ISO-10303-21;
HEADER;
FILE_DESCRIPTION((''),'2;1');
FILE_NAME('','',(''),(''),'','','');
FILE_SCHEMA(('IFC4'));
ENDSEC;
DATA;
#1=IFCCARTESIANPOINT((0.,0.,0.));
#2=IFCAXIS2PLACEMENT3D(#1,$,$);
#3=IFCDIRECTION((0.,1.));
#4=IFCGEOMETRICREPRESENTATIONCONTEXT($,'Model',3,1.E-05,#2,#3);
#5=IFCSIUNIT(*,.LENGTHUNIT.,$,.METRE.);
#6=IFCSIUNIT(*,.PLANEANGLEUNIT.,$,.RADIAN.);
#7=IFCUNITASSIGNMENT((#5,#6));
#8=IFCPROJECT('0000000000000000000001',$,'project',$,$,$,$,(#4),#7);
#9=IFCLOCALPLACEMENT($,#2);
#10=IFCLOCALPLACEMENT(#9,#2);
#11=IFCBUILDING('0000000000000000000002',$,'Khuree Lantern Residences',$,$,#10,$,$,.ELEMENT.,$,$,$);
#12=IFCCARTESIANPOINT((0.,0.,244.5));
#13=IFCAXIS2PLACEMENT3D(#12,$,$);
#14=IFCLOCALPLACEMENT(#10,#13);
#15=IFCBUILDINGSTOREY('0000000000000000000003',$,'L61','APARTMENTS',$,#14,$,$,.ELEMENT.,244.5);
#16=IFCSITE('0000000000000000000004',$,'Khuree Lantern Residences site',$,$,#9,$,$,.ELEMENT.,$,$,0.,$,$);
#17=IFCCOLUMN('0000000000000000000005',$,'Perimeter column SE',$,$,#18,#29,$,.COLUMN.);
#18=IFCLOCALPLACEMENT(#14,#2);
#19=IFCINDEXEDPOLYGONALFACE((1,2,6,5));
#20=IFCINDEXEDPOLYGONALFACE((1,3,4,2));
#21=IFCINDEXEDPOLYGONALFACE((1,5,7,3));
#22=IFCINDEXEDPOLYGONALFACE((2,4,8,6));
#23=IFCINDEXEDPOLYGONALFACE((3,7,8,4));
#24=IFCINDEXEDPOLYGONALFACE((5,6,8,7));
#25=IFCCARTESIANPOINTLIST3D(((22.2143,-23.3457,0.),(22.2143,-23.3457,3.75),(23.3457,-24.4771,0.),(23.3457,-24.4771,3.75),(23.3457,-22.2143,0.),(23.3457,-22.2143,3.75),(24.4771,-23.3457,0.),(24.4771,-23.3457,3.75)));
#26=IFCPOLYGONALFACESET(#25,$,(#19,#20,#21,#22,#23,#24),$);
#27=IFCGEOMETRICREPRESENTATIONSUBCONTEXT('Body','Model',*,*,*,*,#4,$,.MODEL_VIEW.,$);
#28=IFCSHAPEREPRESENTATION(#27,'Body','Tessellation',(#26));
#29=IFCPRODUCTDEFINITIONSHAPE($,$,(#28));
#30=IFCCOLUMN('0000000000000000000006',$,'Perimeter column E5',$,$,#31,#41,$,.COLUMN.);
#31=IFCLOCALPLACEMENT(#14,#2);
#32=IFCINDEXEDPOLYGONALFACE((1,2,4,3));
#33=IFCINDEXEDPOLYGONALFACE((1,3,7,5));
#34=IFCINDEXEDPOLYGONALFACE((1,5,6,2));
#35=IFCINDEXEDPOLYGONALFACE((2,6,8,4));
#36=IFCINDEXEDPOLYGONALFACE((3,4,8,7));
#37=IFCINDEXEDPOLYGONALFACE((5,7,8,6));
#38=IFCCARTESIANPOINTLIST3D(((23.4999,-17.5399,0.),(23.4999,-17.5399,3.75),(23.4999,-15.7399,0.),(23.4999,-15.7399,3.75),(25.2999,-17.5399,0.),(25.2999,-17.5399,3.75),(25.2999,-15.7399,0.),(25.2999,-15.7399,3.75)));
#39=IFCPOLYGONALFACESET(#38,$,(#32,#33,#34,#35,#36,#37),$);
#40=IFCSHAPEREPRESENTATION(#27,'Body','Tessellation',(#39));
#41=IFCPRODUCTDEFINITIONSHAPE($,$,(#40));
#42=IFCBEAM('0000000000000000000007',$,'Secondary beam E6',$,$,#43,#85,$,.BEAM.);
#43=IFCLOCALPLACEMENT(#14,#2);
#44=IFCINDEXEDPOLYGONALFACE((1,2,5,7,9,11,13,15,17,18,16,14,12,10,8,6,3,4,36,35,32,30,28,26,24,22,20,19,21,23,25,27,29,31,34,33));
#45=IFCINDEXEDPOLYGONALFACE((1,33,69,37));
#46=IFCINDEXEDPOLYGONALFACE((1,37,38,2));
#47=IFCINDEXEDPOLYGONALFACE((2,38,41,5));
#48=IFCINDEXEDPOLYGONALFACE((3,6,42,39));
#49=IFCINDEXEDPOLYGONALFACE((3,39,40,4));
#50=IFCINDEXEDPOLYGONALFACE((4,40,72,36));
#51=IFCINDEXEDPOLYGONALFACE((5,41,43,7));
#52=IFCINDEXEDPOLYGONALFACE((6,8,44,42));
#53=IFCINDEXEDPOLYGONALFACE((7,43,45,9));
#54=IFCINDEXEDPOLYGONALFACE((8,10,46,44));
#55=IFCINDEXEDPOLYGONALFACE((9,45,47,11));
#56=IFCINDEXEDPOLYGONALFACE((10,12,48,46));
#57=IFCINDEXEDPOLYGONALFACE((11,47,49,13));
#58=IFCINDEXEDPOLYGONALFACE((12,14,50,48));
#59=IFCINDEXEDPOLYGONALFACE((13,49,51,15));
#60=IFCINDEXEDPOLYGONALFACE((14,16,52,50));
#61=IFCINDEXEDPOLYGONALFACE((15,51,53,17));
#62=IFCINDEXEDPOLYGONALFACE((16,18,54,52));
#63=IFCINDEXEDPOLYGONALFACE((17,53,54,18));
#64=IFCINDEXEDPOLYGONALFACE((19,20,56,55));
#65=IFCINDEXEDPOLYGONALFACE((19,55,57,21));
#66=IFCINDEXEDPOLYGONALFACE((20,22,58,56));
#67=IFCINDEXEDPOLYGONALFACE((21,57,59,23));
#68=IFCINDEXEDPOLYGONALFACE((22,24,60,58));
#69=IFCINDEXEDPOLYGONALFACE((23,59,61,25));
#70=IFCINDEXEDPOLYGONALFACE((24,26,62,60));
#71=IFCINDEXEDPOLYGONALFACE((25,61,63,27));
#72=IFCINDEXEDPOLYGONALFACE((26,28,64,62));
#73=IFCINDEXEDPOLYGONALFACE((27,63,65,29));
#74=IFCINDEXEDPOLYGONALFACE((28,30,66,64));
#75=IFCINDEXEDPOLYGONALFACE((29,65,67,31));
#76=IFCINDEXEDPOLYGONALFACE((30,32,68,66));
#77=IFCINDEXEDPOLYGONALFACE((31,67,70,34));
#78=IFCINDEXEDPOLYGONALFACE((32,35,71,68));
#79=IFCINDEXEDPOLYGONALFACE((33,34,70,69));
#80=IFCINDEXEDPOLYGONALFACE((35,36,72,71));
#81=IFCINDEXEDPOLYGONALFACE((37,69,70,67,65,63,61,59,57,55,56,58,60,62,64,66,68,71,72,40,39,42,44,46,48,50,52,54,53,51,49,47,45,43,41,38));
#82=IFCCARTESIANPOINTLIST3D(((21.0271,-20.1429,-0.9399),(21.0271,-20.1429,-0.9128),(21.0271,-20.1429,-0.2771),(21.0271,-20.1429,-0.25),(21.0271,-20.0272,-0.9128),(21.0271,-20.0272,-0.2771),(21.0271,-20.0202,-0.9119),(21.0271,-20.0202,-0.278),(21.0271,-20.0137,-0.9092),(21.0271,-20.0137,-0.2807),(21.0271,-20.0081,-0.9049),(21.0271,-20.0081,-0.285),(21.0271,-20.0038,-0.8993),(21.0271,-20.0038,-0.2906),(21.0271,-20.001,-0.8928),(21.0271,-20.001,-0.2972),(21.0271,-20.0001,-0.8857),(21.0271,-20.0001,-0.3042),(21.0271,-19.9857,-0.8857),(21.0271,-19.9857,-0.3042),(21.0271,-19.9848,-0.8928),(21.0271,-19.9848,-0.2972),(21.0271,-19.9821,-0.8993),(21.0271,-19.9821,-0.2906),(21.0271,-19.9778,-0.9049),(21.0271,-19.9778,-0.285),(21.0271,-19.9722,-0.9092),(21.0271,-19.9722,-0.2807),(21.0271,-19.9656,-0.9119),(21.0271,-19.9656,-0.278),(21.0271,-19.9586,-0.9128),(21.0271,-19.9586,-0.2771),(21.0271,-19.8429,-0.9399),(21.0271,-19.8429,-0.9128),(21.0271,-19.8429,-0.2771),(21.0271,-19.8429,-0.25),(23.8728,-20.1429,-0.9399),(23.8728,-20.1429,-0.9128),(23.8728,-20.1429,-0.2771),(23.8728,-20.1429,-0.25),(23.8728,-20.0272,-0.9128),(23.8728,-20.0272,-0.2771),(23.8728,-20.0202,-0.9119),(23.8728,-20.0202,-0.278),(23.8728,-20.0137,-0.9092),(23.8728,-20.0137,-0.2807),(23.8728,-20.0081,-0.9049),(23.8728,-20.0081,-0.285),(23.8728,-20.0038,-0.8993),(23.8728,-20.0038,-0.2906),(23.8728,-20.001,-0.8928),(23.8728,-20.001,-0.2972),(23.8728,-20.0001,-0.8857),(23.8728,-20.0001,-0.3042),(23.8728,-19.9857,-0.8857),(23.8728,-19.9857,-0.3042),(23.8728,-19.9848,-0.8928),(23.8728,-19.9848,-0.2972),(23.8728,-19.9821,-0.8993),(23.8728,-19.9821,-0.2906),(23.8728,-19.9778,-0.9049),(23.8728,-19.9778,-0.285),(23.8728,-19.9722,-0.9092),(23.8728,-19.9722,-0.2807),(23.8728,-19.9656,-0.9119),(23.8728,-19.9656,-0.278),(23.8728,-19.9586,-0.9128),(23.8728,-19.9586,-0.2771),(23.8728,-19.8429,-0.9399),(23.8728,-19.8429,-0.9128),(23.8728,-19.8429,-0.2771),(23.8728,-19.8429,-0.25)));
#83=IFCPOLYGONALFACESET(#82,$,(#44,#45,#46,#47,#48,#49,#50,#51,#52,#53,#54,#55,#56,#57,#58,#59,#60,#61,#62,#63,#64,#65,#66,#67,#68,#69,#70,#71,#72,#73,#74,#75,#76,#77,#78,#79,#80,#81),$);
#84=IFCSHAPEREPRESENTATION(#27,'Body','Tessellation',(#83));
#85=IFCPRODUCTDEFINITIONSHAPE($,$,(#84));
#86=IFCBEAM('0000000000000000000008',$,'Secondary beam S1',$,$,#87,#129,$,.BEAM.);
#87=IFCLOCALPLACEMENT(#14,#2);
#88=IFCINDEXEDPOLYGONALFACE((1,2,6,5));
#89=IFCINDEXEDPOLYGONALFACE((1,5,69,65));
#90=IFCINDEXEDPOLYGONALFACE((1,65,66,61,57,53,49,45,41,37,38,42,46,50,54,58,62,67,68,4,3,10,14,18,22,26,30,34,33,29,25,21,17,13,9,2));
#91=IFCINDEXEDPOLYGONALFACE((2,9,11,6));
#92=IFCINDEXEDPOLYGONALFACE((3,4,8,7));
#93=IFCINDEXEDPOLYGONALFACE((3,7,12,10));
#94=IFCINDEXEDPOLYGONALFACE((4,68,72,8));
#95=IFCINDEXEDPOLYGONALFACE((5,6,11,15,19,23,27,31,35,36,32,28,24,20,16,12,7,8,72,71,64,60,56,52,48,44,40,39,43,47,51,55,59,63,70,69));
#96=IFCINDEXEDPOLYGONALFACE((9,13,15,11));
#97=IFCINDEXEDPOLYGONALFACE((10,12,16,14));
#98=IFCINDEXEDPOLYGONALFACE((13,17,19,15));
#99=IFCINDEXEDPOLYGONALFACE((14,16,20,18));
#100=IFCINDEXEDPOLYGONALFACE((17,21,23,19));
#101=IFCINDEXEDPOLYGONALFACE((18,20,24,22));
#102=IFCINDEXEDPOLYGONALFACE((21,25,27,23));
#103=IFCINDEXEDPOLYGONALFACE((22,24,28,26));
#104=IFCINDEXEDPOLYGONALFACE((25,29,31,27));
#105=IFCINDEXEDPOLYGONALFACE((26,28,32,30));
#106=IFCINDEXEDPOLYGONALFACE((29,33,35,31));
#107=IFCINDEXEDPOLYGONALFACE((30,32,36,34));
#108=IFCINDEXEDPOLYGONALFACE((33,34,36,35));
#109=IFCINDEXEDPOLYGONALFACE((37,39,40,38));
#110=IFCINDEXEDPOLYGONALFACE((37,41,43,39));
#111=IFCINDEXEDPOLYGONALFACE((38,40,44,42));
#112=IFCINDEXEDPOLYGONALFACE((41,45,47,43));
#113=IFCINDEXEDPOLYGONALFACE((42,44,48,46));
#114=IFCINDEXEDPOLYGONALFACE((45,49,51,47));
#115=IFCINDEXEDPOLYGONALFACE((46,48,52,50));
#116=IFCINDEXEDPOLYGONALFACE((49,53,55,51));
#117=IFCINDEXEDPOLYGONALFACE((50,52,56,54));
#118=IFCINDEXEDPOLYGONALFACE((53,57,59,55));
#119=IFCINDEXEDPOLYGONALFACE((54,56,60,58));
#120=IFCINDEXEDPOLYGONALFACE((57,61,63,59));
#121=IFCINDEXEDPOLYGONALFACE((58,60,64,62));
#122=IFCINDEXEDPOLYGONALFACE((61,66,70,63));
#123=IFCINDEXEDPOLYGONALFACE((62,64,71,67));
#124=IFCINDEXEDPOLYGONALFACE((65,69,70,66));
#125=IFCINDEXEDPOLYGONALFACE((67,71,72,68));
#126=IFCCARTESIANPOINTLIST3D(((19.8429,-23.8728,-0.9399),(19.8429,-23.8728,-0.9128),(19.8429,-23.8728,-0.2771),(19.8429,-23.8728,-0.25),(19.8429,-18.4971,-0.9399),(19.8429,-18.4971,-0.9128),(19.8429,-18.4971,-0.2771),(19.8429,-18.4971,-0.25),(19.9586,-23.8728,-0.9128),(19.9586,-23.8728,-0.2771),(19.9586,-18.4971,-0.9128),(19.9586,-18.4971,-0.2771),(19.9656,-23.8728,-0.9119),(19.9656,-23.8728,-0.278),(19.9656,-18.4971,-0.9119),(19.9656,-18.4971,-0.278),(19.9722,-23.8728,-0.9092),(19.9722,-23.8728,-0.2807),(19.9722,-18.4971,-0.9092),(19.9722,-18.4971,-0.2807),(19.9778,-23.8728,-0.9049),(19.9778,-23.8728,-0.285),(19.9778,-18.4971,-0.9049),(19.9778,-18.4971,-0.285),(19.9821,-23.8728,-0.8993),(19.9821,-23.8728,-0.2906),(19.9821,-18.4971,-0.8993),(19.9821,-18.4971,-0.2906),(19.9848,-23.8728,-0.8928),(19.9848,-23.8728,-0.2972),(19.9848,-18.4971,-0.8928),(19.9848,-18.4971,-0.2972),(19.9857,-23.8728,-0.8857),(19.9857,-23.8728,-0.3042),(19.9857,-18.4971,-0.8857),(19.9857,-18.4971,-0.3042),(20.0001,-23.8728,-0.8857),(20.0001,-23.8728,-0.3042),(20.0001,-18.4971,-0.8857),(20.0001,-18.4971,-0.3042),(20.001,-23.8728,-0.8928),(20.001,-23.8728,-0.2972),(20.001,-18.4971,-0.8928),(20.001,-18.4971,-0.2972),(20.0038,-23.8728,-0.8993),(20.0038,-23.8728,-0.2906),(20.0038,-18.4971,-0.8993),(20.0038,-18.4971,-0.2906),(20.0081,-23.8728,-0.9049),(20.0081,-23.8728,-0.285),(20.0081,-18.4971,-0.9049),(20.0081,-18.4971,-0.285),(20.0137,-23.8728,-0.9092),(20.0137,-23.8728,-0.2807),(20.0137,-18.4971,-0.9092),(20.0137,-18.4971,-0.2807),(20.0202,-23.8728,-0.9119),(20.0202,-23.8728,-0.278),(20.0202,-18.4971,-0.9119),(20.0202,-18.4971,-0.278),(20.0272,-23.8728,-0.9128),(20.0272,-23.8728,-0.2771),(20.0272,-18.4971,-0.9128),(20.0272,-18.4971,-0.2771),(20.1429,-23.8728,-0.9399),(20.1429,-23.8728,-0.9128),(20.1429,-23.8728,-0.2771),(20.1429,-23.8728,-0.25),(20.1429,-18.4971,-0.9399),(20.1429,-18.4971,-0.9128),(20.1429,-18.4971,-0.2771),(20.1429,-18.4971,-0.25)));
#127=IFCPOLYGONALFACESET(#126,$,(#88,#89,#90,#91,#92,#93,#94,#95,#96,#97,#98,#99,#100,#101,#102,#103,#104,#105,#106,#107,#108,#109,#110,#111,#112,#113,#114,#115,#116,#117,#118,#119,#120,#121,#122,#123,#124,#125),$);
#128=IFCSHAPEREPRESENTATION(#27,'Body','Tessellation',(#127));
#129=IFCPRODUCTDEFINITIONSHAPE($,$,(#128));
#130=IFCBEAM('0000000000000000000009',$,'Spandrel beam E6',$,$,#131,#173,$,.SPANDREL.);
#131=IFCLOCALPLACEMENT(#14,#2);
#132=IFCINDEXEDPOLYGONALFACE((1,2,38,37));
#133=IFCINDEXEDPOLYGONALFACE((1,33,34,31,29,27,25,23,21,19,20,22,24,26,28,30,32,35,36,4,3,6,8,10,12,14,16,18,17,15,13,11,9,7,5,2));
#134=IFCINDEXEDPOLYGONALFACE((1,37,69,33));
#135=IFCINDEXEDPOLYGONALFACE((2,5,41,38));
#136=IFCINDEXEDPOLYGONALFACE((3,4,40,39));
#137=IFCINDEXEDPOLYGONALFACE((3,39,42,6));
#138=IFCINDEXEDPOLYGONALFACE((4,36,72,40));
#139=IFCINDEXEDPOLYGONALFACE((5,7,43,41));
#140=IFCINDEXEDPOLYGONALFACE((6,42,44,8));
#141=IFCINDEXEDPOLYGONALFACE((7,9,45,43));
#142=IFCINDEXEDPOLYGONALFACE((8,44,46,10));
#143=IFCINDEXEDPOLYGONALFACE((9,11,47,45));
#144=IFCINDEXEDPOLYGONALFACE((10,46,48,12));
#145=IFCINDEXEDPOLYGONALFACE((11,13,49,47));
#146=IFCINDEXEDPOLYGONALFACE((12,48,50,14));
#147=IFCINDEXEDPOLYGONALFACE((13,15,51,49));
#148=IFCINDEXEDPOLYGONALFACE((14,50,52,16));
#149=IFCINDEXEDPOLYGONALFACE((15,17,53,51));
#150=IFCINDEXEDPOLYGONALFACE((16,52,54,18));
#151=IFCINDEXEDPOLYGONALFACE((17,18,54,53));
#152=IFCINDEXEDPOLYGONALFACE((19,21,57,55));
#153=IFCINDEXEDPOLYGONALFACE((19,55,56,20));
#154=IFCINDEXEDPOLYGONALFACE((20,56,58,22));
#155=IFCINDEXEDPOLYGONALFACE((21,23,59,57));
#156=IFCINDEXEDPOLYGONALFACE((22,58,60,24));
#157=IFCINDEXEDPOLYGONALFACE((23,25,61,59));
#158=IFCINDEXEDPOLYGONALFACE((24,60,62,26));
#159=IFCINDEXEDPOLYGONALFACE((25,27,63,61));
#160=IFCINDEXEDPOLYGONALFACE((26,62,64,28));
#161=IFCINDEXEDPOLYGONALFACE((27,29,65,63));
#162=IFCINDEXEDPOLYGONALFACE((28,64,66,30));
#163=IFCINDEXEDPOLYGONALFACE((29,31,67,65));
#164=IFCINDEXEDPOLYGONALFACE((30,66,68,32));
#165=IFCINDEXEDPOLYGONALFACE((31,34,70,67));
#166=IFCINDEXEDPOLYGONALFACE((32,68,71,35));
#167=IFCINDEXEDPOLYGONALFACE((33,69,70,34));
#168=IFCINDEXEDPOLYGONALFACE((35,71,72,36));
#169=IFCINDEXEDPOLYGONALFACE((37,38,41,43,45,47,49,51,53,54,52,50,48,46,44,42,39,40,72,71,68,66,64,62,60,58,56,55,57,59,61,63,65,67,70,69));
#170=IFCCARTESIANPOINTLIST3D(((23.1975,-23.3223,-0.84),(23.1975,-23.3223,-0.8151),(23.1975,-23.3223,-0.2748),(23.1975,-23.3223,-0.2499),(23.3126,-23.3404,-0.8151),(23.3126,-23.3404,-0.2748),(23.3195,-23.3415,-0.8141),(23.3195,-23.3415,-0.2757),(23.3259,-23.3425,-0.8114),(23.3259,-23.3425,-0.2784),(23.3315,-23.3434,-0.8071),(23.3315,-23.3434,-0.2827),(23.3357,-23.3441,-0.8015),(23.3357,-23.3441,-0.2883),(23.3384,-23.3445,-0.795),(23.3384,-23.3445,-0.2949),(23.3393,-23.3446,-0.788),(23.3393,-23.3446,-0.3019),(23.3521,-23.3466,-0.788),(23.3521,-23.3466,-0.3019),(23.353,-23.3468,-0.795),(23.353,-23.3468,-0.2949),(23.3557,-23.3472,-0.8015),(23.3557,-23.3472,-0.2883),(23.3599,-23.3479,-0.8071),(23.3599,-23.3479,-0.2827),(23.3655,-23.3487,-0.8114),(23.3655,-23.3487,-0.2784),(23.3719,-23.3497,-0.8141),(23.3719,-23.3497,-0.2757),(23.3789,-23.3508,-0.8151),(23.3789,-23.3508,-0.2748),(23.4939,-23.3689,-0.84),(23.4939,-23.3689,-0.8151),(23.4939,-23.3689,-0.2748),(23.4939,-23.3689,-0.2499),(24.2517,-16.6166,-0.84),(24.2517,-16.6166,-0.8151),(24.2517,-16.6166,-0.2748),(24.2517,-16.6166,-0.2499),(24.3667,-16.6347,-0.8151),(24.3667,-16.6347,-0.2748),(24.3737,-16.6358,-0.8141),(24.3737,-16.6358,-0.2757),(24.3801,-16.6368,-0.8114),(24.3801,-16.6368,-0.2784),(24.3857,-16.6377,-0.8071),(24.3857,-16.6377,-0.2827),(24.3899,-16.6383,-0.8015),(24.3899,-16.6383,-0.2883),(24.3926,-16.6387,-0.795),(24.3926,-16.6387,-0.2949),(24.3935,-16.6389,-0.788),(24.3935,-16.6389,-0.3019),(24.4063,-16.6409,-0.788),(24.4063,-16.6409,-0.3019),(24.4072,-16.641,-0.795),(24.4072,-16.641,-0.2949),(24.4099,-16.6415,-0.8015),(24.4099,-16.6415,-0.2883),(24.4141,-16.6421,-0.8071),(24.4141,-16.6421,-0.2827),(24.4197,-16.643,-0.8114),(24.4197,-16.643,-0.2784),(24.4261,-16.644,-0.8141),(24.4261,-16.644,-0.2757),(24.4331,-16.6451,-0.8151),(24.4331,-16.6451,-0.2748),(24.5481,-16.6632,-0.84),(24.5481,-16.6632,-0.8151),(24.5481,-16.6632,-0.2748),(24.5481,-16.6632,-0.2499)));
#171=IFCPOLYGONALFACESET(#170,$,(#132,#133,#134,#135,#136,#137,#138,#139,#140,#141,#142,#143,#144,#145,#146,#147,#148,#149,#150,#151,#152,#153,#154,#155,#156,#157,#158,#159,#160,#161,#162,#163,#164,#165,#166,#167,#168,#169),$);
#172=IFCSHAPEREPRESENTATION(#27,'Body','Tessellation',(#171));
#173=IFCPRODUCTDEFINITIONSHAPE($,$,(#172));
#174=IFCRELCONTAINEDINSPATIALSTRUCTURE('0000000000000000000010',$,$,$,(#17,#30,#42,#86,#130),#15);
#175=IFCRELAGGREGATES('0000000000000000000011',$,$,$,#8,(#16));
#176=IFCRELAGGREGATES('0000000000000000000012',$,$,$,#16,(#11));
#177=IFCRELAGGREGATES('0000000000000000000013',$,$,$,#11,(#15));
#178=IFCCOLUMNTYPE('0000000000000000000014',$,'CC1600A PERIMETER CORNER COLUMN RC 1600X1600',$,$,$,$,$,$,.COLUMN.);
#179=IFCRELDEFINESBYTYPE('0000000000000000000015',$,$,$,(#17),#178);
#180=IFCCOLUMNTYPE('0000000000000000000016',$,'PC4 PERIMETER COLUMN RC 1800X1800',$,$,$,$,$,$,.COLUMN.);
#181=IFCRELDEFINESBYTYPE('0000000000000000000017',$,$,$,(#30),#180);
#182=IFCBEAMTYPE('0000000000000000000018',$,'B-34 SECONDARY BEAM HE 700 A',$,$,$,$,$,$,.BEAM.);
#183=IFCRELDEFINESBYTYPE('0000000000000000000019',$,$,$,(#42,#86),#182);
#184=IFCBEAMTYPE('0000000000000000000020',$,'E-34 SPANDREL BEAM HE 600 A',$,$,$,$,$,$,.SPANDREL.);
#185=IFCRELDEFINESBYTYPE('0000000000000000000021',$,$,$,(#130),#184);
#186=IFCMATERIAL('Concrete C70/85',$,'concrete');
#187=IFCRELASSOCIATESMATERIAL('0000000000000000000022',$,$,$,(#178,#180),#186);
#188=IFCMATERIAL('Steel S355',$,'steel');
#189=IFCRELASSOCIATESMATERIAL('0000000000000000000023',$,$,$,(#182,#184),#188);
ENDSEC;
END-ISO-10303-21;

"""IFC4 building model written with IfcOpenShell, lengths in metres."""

from ifc_helpers import new_model, si_unit, direction, frame, origin, origin_2d, place, context, subcontext, project, spatial, rectangle, i_section, extrude, material, material_profile, profile_set, type_object, element, save


model = new_model("IFC4")

# Units and contexts
model_context = context("Model", 3, precision=1e-05, world=origin(), true_north=direction((0.0, 1.0)))
body_context = subcontext(model_context, "Body", "Model", "MODEL_VIEW")
ifc_project = project(units=[si_unit("LENGTHUNIT", "METRE"), si_unit("PLANEANGLEUNIT", "RADIAN")], contexts=[model_context])

# Site, building, storey
site_placement = place(None, origin())
site = spatial("IfcSite", under=ifc_project, at=site_placement, Name="Khuree Lantern Residences site", CompositionType="ELEMENT", RefElevation=0.0)
building_placement = place(site_placement, origin())
building = spatial("IfcBuilding", under=site, at=building_placement, Name="Khuree Lantern Residences", CompositionType="ELEMENT")
storey_placement = place(building_placement, frame((0.0, 0.0, 244.5)))
storey = spatial("IfcBuildingStorey", under=building, at=storey_placement, Name="L61", Description="APARTMENTS", CompositionType="ELEMENT", Elevation=244.5)

# Columns
ifc_material_1 = material(Name="Concrete C70/85", Category="concrete")
ifc_material_profile_1 = material_profile(ifc_material_1, rectangle(XDim=1.6001, YDim=1.6001, at=origin_2d()), Name="RC 1600X1600")
ifc_profile_set_1 = profile_set([ifc_material_profile_1], Name="Concrete C70/85")
column_type_1 = type_object("IfcColumnType", Name="CC1600A PERIMETER CORNER COLUMN RC 1600X1600", PredefinedType="COLUMN", material=ifc_profile_set_1)
column_1_placement = place(storey_placement, frame((23.3457, -23.3457, 0.0), z_axis=(0.0, 0.0, 1.0), x_axis=(0.707107, 0.707107, 0.0)))
element("IfcColumn", 1, at=column_1_placement, inside=storey, type_object=column_type_1, Name="Perimeter column SE", PredefinedType="COLUMN", context=body_context, shape_type="SweptSolid", body=[
    extrude(rectangle(XDim=1.6001, YDim=1.6001, at=origin_2d()), origin(), (0.0, 0.0, 1.0), 3.75),
])
ifc_material_profile_2 = material_profile(ifc_material_1, rectangle(XDim=1.8, YDim=1.8, at=origin_2d()), Name="RC 1800X1800")
ifc_profile_set_2 = profile_set([ifc_material_profile_2], Name="Concrete C70/85")
column_type_2 = type_object("IfcColumnType", Name="PC4 PERIMETER COLUMN RC 1800X1800", PredefinedType="COLUMN", material=ifc_profile_set_2)
column_2_placement = place(storey_placement, frame((24.3999, -16.6399, 0.0), z_axis=(0.0, 0.0, 1.0), x_axis=(0.0, 1.0, 0.0)))
element("IfcColumn", 2, at=column_2_placement, inside=storey, type_object=column_type_2, Name="Perimeter column E5", PredefinedType="COLUMN", context=body_context, shape_type="SweptSolid", body=[
    extrude(rectangle(XDim=1.8, YDim=1.8, at=origin_2d()), origin(), (0.0, 0.0, 1.0), 3.75),
])

# Beams
ifc_material_2 = material(Name="Steel S355", Category="steel")
ifc_material_profile_3 = material_profile(ifc_material_2, i_section(OverallWidth=0.3, OverallDepth=0.6899, WebThickness=0.0144, FlangeThickness=0.0271, FilletRadius=0.0271, at=origin_2d()), Name="HE 700 A")
ifc_profile_set_3 = profile_set([ifc_material_profile_3], Name="Steel S355")
beam_type_1 = type_object("IfcBeamType", Name="B-34 SECONDARY BEAM HE 700 A", PredefinedType="BEAM", material=ifc_profile_set_3)
beam_1_placement = place(storey_placement, frame((23.8728, -19.9929, -0.595), z_axis=(-1.0, 0.0, 0.0), x_axis=(0.0, -1.0, 0.0)))
element("IfcBeam", 3, at=beam_1_placement, inside=storey, type_object=beam_type_1, Name="Secondary beam E6", PredefinedType="BEAM", context=body_context, shape_type="SweptSolid", body=[
    extrude(i_section(OverallWidth=0.3, OverallDepth=0.6899, WebThickness=0.0144, FlangeThickness=0.0271, FilletRadius=0.0271, at=origin_2d()), origin(), (0.0, 0.0, 1.0), 2.8457),
])
beam_2_placement = place(storey_placement, frame((19.9929, -23.8728, -0.595), z_axis=(0.0, 1.0, 0.0), x_axis=(-1.0, 0.0, 0.0)))
element("IfcBeam", 4, at=beam_2_placement, inside=storey, type_object=beam_type_1, Name="Secondary beam S1", PredefinedType="BEAM", context=body_context, shape_type="SweptSolid", body=[
    extrude(i_section(OverallWidth=0.3, OverallDepth=0.6899, WebThickness=0.0144, FlangeThickness=0.0271, FilletRadius=0.0271, at=origin_2d()), origin(), (0.0, 0.0, 1.0), 5.3757),
])
ifc_material_profile_4 = material_profile(ifc_material_2, i_section(OverallWidth=0.3, OverallDepth=0.5901, WebThickness=0.0129, FlangeThickness=0.0249, FilletRadius=0.0271, at=origin_2d()), Name="HE 600 A")
ifc_profile_set_4 = profile_set([ifc_material_profile_4], Name="Steel S355")
beam_type_2 = type_object("IfcBeamType", Name="E-34 SPANDREL BEAM HE 600 A", PredefinedType="SPANDREL", material=ifc_profile_set_4)
for number, where, z_axis, x_axis, name in (
    (5, (24.3999, -16.6399, -0.5449), (-0.1553, -0.987867, 0.0), (0.987867, -0.1553, 0.0), "Spandrel beam E6"),
):
    element("IfcBeam", number, at=place(storey_placement, frame(where, z_axis=z_axis, x_axis=x_axis)), inside=storey, type_object=beam_type_2, Name=name, PredefinedType="SPANDREL", context=body_context, shape_type="SweptSolid", body=[
        extrude(i_section(OverallWidth=0.3, OverallDepth=0.5901, WebThickness=0.0129, FlangeThickness=0.0249, FilletRadius=0.0271, at=origin_2d()), origin(), (0.0, 0.0, 1.0), 6.7881),
    ])

save(model, "model.ifc")
